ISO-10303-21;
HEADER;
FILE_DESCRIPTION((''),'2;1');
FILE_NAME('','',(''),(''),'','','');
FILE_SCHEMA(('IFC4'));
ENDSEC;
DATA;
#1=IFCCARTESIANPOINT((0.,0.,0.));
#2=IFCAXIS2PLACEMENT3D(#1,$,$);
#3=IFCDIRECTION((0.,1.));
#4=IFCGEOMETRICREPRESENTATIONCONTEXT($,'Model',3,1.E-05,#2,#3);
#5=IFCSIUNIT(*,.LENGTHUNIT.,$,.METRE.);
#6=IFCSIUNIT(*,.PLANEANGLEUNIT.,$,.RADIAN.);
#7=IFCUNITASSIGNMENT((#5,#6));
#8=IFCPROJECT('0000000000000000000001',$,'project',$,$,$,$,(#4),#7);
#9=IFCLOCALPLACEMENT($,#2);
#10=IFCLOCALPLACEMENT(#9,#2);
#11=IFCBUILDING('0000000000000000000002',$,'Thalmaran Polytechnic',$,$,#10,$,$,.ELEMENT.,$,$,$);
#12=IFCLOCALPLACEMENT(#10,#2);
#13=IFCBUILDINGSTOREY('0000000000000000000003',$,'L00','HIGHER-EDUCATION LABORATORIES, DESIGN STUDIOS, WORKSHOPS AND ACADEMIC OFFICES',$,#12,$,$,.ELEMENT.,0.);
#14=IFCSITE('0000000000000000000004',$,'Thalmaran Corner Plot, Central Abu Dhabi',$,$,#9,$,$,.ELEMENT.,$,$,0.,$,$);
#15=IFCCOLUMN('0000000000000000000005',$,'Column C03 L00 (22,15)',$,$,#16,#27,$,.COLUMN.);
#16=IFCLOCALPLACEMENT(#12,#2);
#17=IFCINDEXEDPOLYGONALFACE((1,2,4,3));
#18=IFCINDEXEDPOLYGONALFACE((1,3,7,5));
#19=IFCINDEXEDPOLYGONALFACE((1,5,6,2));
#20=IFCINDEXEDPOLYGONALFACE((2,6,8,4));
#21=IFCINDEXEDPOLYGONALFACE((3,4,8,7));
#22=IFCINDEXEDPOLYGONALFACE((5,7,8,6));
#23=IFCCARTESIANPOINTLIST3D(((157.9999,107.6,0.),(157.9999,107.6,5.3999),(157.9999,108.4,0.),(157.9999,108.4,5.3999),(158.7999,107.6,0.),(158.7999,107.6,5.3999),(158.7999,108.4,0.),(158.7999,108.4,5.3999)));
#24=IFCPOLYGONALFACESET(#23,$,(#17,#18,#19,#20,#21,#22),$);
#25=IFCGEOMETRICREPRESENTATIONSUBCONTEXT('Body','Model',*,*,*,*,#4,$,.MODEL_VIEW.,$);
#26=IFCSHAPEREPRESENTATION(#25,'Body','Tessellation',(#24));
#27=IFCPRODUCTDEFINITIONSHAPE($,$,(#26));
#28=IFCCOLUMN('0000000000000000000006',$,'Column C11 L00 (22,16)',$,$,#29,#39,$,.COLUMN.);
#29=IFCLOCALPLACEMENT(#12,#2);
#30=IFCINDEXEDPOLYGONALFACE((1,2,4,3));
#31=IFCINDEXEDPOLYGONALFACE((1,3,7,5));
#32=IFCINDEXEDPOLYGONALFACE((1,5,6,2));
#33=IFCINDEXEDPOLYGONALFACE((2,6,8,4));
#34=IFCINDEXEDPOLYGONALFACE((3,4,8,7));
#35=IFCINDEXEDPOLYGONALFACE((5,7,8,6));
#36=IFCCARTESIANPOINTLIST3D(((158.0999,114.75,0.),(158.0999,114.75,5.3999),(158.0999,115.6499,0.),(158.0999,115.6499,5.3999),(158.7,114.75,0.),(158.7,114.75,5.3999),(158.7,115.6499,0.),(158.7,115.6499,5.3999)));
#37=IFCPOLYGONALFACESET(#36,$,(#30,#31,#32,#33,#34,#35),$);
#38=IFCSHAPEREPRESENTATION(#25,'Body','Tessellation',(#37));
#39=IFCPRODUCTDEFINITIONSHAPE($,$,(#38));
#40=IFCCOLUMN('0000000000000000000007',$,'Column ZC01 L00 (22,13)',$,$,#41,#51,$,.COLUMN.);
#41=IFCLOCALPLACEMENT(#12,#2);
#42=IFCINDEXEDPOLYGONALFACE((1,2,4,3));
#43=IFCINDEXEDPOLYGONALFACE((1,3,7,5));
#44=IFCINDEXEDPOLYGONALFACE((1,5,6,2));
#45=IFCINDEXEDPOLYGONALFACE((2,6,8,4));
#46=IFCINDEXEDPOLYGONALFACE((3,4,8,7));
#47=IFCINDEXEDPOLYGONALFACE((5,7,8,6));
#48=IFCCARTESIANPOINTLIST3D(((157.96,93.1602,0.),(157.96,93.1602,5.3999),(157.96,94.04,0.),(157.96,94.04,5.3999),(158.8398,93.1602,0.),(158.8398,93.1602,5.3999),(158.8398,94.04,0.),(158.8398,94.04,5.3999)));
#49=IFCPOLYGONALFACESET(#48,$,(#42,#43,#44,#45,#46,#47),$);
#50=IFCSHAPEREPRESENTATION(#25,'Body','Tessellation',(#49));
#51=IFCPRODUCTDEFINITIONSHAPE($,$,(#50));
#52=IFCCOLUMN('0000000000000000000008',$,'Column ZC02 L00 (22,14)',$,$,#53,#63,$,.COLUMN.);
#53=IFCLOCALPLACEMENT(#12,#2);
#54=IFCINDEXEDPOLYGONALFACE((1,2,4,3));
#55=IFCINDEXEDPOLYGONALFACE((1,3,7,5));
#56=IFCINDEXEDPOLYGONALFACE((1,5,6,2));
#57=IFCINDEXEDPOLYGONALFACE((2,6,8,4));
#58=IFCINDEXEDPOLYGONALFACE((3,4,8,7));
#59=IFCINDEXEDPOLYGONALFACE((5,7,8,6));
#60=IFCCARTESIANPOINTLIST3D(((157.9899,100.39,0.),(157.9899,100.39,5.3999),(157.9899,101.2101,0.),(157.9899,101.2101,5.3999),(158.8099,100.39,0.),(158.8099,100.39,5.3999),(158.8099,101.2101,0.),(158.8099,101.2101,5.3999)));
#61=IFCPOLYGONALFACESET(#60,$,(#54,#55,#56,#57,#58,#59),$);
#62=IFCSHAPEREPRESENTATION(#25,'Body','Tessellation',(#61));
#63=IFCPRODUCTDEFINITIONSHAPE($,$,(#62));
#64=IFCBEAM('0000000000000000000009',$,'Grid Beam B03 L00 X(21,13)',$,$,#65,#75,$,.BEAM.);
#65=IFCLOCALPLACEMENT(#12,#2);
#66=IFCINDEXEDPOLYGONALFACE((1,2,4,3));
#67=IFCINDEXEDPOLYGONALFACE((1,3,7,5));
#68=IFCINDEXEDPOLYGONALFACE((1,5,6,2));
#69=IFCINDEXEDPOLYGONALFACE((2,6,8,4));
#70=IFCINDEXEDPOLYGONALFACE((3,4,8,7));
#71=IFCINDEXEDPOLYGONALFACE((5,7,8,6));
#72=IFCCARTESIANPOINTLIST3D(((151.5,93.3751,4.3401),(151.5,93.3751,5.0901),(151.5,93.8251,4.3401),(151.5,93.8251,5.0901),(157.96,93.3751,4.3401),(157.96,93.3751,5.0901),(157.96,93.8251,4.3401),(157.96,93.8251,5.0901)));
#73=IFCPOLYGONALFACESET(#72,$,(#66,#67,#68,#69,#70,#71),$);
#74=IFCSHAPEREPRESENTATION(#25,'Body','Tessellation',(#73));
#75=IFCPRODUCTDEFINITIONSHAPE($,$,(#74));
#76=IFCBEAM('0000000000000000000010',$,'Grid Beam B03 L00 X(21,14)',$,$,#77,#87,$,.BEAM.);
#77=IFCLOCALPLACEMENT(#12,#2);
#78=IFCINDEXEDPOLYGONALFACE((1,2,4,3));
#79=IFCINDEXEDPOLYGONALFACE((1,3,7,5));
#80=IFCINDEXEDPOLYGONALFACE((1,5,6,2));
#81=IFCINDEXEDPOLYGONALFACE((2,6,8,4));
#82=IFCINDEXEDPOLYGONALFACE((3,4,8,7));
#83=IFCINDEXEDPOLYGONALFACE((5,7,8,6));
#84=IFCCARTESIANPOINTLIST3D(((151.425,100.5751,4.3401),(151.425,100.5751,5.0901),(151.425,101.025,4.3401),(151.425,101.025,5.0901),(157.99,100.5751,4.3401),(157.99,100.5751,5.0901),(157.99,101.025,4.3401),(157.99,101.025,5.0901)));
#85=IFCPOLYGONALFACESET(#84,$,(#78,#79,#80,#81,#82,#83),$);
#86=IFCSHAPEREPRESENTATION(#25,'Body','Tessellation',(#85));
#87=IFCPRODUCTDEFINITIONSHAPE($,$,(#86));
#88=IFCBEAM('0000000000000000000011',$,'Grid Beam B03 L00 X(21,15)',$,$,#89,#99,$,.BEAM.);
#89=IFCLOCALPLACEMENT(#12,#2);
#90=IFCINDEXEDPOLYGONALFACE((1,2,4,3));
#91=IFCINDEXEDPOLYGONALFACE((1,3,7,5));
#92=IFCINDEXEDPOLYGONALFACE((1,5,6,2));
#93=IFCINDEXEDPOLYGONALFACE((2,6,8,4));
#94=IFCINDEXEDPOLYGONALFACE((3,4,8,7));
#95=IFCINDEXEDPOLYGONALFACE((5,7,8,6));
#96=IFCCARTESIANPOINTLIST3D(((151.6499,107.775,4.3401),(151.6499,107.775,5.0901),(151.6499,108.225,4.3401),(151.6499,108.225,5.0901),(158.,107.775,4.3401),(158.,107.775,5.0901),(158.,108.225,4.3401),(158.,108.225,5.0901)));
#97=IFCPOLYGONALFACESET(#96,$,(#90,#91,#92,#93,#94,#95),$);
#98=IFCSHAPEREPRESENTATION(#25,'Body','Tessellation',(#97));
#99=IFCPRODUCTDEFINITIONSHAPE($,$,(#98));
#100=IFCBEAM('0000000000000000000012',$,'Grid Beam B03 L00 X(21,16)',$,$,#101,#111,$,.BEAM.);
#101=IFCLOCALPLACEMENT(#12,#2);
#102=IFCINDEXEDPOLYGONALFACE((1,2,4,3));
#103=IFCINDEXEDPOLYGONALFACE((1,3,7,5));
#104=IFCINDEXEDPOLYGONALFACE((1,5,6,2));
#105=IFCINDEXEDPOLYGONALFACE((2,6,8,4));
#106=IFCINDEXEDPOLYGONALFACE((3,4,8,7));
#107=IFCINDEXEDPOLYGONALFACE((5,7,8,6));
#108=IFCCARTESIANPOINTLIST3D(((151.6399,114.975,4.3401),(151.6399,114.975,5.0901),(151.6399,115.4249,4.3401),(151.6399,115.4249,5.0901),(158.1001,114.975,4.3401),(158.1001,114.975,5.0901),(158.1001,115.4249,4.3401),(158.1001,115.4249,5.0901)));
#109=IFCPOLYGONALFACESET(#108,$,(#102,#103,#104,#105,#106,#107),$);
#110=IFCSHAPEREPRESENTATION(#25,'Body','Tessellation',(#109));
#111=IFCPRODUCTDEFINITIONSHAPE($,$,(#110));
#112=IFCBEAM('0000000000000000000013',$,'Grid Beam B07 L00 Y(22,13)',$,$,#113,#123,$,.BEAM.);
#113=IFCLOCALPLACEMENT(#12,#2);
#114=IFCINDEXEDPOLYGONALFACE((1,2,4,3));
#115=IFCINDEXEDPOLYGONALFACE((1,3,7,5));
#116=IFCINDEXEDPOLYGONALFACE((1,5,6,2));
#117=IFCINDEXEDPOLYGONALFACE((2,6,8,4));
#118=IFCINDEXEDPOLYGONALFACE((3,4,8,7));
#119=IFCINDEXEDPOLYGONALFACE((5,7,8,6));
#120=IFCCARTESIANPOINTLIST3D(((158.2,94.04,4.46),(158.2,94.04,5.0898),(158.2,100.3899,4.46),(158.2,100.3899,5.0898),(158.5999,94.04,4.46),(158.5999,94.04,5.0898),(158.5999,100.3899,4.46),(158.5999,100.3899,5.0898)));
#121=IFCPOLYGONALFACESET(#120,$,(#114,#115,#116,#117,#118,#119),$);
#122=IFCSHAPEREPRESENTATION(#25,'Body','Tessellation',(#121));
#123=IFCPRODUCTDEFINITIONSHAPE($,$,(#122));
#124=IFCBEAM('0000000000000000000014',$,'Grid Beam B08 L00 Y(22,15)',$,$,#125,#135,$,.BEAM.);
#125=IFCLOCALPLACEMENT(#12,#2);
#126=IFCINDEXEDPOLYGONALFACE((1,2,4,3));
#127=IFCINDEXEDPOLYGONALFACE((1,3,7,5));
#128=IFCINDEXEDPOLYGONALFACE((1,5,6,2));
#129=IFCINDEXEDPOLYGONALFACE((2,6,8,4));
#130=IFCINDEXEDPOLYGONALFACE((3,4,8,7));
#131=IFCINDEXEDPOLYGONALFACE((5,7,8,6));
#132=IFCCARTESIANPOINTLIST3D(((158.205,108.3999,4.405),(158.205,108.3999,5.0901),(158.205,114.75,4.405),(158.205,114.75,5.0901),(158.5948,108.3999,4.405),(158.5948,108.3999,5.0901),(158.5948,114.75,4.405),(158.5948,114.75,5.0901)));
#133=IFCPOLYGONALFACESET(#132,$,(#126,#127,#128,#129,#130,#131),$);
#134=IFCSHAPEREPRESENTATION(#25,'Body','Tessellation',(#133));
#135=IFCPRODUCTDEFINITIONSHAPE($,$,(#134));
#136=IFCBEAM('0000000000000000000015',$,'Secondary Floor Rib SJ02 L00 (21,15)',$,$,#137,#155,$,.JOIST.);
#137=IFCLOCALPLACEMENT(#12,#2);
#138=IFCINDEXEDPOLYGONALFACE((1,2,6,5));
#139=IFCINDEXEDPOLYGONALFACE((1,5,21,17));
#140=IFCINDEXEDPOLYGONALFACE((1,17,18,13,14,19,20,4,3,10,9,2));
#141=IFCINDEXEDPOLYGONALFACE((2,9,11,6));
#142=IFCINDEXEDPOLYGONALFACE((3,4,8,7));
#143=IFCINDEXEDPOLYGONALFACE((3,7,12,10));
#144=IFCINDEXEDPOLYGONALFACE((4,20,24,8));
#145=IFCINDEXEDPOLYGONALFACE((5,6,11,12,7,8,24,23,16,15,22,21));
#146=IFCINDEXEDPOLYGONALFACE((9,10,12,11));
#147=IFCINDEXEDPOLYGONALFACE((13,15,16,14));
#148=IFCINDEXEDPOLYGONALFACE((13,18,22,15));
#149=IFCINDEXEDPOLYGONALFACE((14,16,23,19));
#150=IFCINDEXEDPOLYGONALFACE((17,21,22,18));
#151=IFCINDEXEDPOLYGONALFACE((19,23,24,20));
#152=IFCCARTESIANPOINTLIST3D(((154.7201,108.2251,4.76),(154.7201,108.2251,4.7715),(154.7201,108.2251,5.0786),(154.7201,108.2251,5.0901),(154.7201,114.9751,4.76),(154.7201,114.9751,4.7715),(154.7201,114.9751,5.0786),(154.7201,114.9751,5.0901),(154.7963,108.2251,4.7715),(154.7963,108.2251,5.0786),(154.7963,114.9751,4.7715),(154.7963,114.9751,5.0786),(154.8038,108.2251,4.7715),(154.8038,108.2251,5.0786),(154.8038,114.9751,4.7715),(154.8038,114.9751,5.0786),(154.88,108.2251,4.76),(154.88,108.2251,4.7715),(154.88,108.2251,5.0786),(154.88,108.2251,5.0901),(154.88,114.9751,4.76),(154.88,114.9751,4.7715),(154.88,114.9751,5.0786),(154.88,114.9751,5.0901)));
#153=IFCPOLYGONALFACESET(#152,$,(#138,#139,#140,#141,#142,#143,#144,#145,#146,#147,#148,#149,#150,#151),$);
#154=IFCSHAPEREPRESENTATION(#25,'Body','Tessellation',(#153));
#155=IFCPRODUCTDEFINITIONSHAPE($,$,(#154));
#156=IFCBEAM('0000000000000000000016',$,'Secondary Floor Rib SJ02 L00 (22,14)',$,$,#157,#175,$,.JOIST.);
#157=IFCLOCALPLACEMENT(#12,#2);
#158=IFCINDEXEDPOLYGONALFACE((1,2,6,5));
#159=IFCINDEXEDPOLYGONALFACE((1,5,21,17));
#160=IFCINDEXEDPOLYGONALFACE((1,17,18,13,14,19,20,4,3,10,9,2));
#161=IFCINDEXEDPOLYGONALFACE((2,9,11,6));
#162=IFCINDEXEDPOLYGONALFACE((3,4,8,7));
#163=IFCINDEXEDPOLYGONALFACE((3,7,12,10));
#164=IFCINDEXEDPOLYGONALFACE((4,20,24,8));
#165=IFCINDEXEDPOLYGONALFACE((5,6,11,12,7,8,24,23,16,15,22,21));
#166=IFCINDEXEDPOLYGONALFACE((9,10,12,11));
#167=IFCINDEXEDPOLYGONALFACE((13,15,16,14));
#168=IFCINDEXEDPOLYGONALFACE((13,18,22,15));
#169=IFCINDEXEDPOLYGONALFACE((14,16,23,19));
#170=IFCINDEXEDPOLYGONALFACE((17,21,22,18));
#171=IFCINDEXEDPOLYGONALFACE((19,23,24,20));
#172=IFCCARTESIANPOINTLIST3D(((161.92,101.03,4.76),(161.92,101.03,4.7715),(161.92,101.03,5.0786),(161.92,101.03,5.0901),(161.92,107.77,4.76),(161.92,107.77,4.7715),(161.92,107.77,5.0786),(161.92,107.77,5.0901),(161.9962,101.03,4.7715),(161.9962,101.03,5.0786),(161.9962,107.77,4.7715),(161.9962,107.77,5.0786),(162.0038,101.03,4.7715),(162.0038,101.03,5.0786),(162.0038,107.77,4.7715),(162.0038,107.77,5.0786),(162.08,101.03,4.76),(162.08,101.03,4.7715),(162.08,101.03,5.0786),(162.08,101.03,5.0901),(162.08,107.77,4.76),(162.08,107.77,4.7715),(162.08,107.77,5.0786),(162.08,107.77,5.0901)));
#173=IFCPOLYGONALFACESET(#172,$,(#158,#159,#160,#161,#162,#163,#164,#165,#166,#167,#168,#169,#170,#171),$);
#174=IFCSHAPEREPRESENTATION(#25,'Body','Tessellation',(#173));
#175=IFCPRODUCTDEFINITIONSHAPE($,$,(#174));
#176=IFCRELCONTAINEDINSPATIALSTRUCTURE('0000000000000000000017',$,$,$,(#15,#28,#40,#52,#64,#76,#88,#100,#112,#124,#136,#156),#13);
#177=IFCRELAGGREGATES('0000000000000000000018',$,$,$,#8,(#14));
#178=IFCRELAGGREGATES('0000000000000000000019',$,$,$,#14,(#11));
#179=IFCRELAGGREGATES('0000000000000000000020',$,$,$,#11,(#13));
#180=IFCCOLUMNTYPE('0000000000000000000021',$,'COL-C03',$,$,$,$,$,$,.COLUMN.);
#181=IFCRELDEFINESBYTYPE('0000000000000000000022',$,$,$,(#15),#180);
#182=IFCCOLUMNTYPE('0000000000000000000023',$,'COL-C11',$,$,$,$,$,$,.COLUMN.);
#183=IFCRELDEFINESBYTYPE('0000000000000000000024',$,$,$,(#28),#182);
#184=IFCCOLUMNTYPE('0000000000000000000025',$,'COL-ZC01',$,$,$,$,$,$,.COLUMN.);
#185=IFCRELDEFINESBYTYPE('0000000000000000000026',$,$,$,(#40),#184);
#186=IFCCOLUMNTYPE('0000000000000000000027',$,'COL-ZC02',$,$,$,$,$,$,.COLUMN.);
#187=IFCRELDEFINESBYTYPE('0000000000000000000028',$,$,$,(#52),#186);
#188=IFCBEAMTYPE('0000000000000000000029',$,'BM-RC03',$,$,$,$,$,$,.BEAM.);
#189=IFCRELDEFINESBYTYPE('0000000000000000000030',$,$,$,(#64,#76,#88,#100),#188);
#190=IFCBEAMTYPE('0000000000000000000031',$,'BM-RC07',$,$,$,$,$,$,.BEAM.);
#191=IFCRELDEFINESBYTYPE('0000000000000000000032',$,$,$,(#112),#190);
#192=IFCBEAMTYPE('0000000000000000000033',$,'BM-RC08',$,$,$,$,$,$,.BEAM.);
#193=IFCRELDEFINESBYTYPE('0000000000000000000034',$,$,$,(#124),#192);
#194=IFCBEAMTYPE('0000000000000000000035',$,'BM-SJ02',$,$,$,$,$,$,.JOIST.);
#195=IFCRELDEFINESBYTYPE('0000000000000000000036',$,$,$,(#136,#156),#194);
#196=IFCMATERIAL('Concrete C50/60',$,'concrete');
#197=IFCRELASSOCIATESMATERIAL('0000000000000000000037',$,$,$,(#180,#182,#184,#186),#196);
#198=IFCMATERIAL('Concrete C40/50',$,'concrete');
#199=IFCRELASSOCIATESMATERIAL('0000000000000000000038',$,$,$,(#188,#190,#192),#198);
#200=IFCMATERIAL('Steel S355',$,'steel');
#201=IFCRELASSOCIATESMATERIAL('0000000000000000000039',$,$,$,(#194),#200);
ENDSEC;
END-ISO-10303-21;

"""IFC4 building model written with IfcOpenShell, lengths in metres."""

from ifc_helpers import new_model, si_unit, direction, frame, origin, origin_2d, place, context, subcontext, project, spatial, rectangle, i_section, extrude, material, material_profile, profile_set, type_object, element, save


model = new_model("IFC4")

# Units and contexts
model_context = context("Model", 3, precision=1e-05, world=origin(), true_north=direction((0.0, 1.0)))
body_context = subcontext(model_context, "Body", "Model", "MODEL_VIEW")
ifc_project = project(units=[si_unit("LENGTHUNIT", "METRE"), si_unit("PLANEANGLEUNIT", "RADIAN")], contexts=[model_context])

# Site, building, storey
site_placement = place(None, origin())
site = spatial("IfcSite", under=ifc_project, at=site_placement, Name="Thalmaran Corner Plot, Central Abu Dhabi", CompositionType="ELEMENT", RefElevation=0.0)
building_placement = place(site_placement, origin())
building = spatial("IfcBuilding", under=site, at=building_placement, Name="Thalmaran Polytechnic", CompositionType="ELEMENT")
storey_placement = place(building_placement, origin())
storey = spatial("IfcBuildingStorey", under=building, at=storey_placement, Name="L00", Description="HIGHER-EDUCATION LABORATORIES, DESIGN STUDIOS, WORKSHOPS AND ACADEMIC OFFICES", CompositionType="ELEMENT", Elevation=0.0)

# Columns
ifc_material_1 = material(Name="Concrete C50/60", Category="concrete")
ifc_material_profile_1 = material_profile(ifc_material_1, rectangle(XDim=0.8, YDim=0.8, at=origin_2d()), Name="RC 800x800")
ifc_profile_set_1 = profile_set([ifc_material_profile_1], Name="Concrete C50/60")
column_type_1 = type_object("IfcColumnType", Name="COL-C03", PredefinedType="COLUMN", material=ifc_profile_set_1)
column_1_placement = place(storey_placement, frame((158.3999, 108.0, 0.0), z_axis=(0.0, 0.0, 1.0), x_axis=(1.0, 0.0, 0.0)))
element("IfcColumn", 1, at=column_1_placement, inside=storey, type_object=column_type_1, Name="Column C03 L00 (22,15)", PredefinedType="COLUMN", context=body_context, shape_type="SweptSolid", body=[
    extrude(rectangle(XDim=0.8, YDim=0.8, at=origin_2d()), origin(), (0.0, 0.0, 1.0), 5.3999),
])
ifc_material_profile_2 = material_profile(ifc_material_1, rectangle(XDim=0.6001, YDim=0.8999, at=origin_2d()), Name="RC 600x900")
ifc_profile_set_2 = profile_set([ifc_material_profile_2], Name="Concrete C50/60")
column_type_2 = type_object("IfcColumnType", Name="COL-C11", PredefinedType="COLUMN", material=ifc_profile_set_2)
column_2_placement = place(storey_placement, frame((158.3999, 115.2, 0.0), z_axis=(0.0, 0.0, 1.0), x_axis=(1.0, 0.0, 0.0)))
element("IfcColumn", 2, at=column_2_placement, inside=storey, type_object=column_type_2, Name="Column C11 L00 (22,16)", PredefinedType="COLUMN", context=body_context, shape_type="SweptSolid", body=[
    extrude(rectangle(XDim=0.6001, YDim=0.8999, at=origin_2d()), origin(), (0.0, 0.0, 1.0), 5.3999),
])
ifc_material_profile_3 = material_profile(ifc_material_1, rectangle(XDim=0.8799, YDim=0.8799, at=origin_2d()), Name="RC 880x880")
ifc_profile_set_3 = profile_set([ifc_material_profile_3], Name="Concrete C50/60")
column_type_3 = type_object("IfcColumnType", Name="COL-ZC01", PredefinedType="COLUMN", material=ifc_profile_set_3)
column_3_placement = place(storey_placement, frame((158.3999, 93.6001, 0.0), z_axis=(0.0, 0.0, 1.0), x_axis=(1.0, 0.0, 0.0)))
element("IfcColumn", 3, at=column_3_placement, inside=storey, type_object=column_type_3, Name="Column ZC01 L00 (22,13)", PredefinedType="COLUMN", context=body_context, shape_type="SweptSolid", body=[
    extrude(rectangle(XDim=0.8799, YDim=0.8799, at=origin_2d()), origin(), (0.0, 0.0, 1.0), 5.3999),
])
ifc_material_profile_4 = material_profile(ifc_material_1, rectangle(XDim=0.8201, YDim=0.8201, at=origin_2d()), Name="RC 820x820")
ifc_profile_set_4 = profile_set([ifc_material_profile_4], Name="Concrete C50/60")
column_type_4 = type_object("IfcColumnType", Name="COL-ZC02", PredefinedType="COLUMN", material=ifc_profile_set_4)
column_4_placement = place(storey_placement, frame((158.3999, 100.8, 0.0), z_axis=(0.0, 0.0, 1.0), x_axis=(1.0, 0.0, 0.0)))
element("IfcColumn", 4, at=column_4_placement, inside=storey, type_object=column_type_4, Name="Column ZC02 L00 (22,14)", PredefinedType="COLUMN", context=body_context, shape_type="SweptSolid", body=[
    extrude(rectangle(XDim=0.8201, YDim=0.8201, at=origin_2d()), origin(), (0.0, 0.0, 1.0), 5.3999),
])

# Beams
ifc_material_2 = material(Name="Concrete C40/50", Category="concrete")
ifc_material_profile_5 = material_profile(ifc_material_2, rectangle(XDim=0.45, YDim=0.75, at=origin_2d()), Name="RC 450x750")
ifc_profile_set_5 = profile_set([ifc_material_profile_5], Name="Concrete C40/50")
beam_type_1 = type_object("IfcBeamType", Name="BM-RC03", PredefinedType="BEAM", material=ifc_profile_set_5)
beam_1_placement = place(storey_placement, frame((151.5, 93.6001, 4.7151), z_axis=(1.0, 0.0, 0.0), x_axis=(0.0, 1.0, 0.0)))
element("IfcBeam", 5, at=beam_1_placement, inside=storey, type_object=beam_type_1, Name="Grid Beam B03 L00 X(21,13)", PredefinedType="BEAM", context=body_context, shape_type="SweptSolid", body=[
    extrude(rectangle(XDim=0.45, YDim=0.75, at=origin_2d()), origin(), (0.0, 0.0, 1.0), 6.46),
])
beam_2_placement = place(storey_placement, frame((151.425, 100.8, 4.7151), z_axis=(1.0, 0.0, 0.0), x_axis=(0.0, 1.0, 0.0)))
element("IfcBeam", 6, at=beam_2_placement, inside=storey, type_object=beam_type_1, Name="Grid Beam B03 L00 X(21,14)", PredefinedType="BEAM", context=body_context, shape_type="SweptSolid", body=[
    extrude(rectangle(XDim=0.45, YDim=0.75, at=origin_2d()), origin(), (0.0, 0.0, 1.0), 6.5649),
])
beam_3_placement = place(storey_placement, frame((151.6499, 108.0, 4.7151), z_axis=(1.0, 0.0, 0.0), x_axis=(0.0, 1.0, 0.0)))
element("IfcBeam", 7, at=beam_3_placement, inside=storey, type_object=beam_type_1, Name="Grid Beam B03 L00 X(21,15)", PredefinedType="BEAM", context=body_context, shape_type="SweptSolid", body=[
    extrude(rectangle(XDim=0.45, YDim=0.75, at=origin_2d()), origin(), (0.0, 0.0, 1.0), 6.3501),
])
beam_4_placement = place(storey_placement, frame((151.6399, 115.2, 4.7151), z_axis=(1.0, 0.0, 0.0), x_axis=(0.0, 1.0, 0.0)))
element("IfcBeam", 8, at=beam_4_placement, inside=storey, type_object=beam_type_1, Name="Grid Beam B03 L00 X(21,16)", PredefinedType="BEAM", context=body_context, shape_type="SweptSolid", body=[
    extrude(rectangle(XDim=0.45, YDim=0.75, at=origin_2d()), origin(), (0.0, 0.0, 1.0), 6.4602),
])
ifc_material_profile_6 = material_profile(ifc_material_2, rectangle(XDim=0.3999, YDim=0.6299, at=origin_2d()), Name="RC 400x630")
ifc_profile_set_6 = profile_set([ifc_material_profile_6], Name="Concrete C40/50")
beam_type_2 = type_object("IfcBeamType", Name="BM-RC07", PredefinedType="BEAM", material=ifc_profile_set_6)
beam_5_placement = place(storey_placement, frame((158.3999, 94.04, 4.7749), z_axis=(0.0, 1.0, 0.0), x_axis=(-1.0, 0.0, 0.0)))
element("IfcBeam", 9, at=beam_5_placement, inside=storey, type_object=beam_type_2, Name="Grid Beam B07 L00 Y(22,13)", PredefinedType="BEAM", context=body_context, shape_type="SweptSolid", body=[
    extrude(rectangle(XDim=0.3999, YDim=0.6299, at=origin_2d()), origin(), (0.0, 0.0, 1.0), 6.3499),
])
ifc_material_profile_7 = material_profile(ifc_material_2, rectangle(XDim=0.3899, YDim=0.6851, at=origin_2d()), Name="RC 390x685")
ifc_profile_set_7 = profile_set([ifc_material_profile_7], Name="Concrete C40/50")
beam_type_3 = type_object("IfcBeamType", Name="BM-RC08", PredefinedType="BEAM", material=ifc_profile_set_7)
beam_6_placement = place(storey_placement, frame((158.3999, 108.3999, 4.7476), z_axis=(0.0, 1.0, 0.0), x_axis=(-1.0, 0.0, 0.0)))
element("IfcBeam", 10, at=beam_6_placement, inside=storey, type_object=beam_type_3, Name="Grid Beam B08 L00 Y(22,15)", PredefinedType="BEAM", context=body_context, shape_type="SweptSolid", body=[
    extrude(rectangle(XDim=0.3899, YDim=0.6851, at=origin_2d()), origin(), (0.0, 0.0, 1.0), 6.3501),
])
ifc_material_3 = material(Name="Steel S355", Category="steel")
ifc_material_profile_8 = material_profile(ifc_material_3, i_section(OverallWidth=0.1599, OverallDepth=0.3301, WebThickness=0.0076, FlangeThickness=0.0115, at=origin_2d()), Name="IPE 330")
ifc_profile_set_8 = profile_set([ifc_material_profile_8], Name="Steel S355")
beam_type_4 = type_object("IfcBeamType", Name="BM-SJ02", PredefinedType="JOIST", material=ifc_profile_set_8)
beam_7_placement = place(storey_placement, frame((154.8, 108.2251, 4.925), z_axis=(0.0, 1.0, 0.0), x_axis=(-1.0, 0.0, 0.0)))
element("IfcBeam", 11, at=beam_7_placement, inside=storey, type_object=beam_type_4, Name="Secondary Floor Rib SJ02 L00 (21,15)", PredefinedType="JOIST", context=body_context, shape_type="SweptSolid", body=[
    extrude(i_section(OverallWidth=0.1599, OverallDepth=0.3301, WebThickness=0.0076, FlangeThickness=0.0115, at=origin_2d()), origin(), (0.0, 0.0, 1.0), 6.75),
])
beam_8_placement = place(storey_placement, frame((162.0, 101.03, 4.925), z_axis=(0.0, 1.0, 0.0), x_axis=(-1.0, 0.0, 0.0)))
element("IfcBeam", 12, at=beam_8_placement, inside=storey, type_object=beam_type_4, Name="Secondary Floor Rib SJ02 L00 (22,14)", PredefinedType="JOIST", context=body_context, shape_type="SweptSolid", body=[
    extrude(i_section(OverallWidth=0.1599, OverallDepth=0.3301, WebThickness=0.0076, FlangeThickness=0.0115, at=origin_2d()), origin(), (0.0, 0.0, 1.0), 6.74),
])

save(model, "model.ifc")
